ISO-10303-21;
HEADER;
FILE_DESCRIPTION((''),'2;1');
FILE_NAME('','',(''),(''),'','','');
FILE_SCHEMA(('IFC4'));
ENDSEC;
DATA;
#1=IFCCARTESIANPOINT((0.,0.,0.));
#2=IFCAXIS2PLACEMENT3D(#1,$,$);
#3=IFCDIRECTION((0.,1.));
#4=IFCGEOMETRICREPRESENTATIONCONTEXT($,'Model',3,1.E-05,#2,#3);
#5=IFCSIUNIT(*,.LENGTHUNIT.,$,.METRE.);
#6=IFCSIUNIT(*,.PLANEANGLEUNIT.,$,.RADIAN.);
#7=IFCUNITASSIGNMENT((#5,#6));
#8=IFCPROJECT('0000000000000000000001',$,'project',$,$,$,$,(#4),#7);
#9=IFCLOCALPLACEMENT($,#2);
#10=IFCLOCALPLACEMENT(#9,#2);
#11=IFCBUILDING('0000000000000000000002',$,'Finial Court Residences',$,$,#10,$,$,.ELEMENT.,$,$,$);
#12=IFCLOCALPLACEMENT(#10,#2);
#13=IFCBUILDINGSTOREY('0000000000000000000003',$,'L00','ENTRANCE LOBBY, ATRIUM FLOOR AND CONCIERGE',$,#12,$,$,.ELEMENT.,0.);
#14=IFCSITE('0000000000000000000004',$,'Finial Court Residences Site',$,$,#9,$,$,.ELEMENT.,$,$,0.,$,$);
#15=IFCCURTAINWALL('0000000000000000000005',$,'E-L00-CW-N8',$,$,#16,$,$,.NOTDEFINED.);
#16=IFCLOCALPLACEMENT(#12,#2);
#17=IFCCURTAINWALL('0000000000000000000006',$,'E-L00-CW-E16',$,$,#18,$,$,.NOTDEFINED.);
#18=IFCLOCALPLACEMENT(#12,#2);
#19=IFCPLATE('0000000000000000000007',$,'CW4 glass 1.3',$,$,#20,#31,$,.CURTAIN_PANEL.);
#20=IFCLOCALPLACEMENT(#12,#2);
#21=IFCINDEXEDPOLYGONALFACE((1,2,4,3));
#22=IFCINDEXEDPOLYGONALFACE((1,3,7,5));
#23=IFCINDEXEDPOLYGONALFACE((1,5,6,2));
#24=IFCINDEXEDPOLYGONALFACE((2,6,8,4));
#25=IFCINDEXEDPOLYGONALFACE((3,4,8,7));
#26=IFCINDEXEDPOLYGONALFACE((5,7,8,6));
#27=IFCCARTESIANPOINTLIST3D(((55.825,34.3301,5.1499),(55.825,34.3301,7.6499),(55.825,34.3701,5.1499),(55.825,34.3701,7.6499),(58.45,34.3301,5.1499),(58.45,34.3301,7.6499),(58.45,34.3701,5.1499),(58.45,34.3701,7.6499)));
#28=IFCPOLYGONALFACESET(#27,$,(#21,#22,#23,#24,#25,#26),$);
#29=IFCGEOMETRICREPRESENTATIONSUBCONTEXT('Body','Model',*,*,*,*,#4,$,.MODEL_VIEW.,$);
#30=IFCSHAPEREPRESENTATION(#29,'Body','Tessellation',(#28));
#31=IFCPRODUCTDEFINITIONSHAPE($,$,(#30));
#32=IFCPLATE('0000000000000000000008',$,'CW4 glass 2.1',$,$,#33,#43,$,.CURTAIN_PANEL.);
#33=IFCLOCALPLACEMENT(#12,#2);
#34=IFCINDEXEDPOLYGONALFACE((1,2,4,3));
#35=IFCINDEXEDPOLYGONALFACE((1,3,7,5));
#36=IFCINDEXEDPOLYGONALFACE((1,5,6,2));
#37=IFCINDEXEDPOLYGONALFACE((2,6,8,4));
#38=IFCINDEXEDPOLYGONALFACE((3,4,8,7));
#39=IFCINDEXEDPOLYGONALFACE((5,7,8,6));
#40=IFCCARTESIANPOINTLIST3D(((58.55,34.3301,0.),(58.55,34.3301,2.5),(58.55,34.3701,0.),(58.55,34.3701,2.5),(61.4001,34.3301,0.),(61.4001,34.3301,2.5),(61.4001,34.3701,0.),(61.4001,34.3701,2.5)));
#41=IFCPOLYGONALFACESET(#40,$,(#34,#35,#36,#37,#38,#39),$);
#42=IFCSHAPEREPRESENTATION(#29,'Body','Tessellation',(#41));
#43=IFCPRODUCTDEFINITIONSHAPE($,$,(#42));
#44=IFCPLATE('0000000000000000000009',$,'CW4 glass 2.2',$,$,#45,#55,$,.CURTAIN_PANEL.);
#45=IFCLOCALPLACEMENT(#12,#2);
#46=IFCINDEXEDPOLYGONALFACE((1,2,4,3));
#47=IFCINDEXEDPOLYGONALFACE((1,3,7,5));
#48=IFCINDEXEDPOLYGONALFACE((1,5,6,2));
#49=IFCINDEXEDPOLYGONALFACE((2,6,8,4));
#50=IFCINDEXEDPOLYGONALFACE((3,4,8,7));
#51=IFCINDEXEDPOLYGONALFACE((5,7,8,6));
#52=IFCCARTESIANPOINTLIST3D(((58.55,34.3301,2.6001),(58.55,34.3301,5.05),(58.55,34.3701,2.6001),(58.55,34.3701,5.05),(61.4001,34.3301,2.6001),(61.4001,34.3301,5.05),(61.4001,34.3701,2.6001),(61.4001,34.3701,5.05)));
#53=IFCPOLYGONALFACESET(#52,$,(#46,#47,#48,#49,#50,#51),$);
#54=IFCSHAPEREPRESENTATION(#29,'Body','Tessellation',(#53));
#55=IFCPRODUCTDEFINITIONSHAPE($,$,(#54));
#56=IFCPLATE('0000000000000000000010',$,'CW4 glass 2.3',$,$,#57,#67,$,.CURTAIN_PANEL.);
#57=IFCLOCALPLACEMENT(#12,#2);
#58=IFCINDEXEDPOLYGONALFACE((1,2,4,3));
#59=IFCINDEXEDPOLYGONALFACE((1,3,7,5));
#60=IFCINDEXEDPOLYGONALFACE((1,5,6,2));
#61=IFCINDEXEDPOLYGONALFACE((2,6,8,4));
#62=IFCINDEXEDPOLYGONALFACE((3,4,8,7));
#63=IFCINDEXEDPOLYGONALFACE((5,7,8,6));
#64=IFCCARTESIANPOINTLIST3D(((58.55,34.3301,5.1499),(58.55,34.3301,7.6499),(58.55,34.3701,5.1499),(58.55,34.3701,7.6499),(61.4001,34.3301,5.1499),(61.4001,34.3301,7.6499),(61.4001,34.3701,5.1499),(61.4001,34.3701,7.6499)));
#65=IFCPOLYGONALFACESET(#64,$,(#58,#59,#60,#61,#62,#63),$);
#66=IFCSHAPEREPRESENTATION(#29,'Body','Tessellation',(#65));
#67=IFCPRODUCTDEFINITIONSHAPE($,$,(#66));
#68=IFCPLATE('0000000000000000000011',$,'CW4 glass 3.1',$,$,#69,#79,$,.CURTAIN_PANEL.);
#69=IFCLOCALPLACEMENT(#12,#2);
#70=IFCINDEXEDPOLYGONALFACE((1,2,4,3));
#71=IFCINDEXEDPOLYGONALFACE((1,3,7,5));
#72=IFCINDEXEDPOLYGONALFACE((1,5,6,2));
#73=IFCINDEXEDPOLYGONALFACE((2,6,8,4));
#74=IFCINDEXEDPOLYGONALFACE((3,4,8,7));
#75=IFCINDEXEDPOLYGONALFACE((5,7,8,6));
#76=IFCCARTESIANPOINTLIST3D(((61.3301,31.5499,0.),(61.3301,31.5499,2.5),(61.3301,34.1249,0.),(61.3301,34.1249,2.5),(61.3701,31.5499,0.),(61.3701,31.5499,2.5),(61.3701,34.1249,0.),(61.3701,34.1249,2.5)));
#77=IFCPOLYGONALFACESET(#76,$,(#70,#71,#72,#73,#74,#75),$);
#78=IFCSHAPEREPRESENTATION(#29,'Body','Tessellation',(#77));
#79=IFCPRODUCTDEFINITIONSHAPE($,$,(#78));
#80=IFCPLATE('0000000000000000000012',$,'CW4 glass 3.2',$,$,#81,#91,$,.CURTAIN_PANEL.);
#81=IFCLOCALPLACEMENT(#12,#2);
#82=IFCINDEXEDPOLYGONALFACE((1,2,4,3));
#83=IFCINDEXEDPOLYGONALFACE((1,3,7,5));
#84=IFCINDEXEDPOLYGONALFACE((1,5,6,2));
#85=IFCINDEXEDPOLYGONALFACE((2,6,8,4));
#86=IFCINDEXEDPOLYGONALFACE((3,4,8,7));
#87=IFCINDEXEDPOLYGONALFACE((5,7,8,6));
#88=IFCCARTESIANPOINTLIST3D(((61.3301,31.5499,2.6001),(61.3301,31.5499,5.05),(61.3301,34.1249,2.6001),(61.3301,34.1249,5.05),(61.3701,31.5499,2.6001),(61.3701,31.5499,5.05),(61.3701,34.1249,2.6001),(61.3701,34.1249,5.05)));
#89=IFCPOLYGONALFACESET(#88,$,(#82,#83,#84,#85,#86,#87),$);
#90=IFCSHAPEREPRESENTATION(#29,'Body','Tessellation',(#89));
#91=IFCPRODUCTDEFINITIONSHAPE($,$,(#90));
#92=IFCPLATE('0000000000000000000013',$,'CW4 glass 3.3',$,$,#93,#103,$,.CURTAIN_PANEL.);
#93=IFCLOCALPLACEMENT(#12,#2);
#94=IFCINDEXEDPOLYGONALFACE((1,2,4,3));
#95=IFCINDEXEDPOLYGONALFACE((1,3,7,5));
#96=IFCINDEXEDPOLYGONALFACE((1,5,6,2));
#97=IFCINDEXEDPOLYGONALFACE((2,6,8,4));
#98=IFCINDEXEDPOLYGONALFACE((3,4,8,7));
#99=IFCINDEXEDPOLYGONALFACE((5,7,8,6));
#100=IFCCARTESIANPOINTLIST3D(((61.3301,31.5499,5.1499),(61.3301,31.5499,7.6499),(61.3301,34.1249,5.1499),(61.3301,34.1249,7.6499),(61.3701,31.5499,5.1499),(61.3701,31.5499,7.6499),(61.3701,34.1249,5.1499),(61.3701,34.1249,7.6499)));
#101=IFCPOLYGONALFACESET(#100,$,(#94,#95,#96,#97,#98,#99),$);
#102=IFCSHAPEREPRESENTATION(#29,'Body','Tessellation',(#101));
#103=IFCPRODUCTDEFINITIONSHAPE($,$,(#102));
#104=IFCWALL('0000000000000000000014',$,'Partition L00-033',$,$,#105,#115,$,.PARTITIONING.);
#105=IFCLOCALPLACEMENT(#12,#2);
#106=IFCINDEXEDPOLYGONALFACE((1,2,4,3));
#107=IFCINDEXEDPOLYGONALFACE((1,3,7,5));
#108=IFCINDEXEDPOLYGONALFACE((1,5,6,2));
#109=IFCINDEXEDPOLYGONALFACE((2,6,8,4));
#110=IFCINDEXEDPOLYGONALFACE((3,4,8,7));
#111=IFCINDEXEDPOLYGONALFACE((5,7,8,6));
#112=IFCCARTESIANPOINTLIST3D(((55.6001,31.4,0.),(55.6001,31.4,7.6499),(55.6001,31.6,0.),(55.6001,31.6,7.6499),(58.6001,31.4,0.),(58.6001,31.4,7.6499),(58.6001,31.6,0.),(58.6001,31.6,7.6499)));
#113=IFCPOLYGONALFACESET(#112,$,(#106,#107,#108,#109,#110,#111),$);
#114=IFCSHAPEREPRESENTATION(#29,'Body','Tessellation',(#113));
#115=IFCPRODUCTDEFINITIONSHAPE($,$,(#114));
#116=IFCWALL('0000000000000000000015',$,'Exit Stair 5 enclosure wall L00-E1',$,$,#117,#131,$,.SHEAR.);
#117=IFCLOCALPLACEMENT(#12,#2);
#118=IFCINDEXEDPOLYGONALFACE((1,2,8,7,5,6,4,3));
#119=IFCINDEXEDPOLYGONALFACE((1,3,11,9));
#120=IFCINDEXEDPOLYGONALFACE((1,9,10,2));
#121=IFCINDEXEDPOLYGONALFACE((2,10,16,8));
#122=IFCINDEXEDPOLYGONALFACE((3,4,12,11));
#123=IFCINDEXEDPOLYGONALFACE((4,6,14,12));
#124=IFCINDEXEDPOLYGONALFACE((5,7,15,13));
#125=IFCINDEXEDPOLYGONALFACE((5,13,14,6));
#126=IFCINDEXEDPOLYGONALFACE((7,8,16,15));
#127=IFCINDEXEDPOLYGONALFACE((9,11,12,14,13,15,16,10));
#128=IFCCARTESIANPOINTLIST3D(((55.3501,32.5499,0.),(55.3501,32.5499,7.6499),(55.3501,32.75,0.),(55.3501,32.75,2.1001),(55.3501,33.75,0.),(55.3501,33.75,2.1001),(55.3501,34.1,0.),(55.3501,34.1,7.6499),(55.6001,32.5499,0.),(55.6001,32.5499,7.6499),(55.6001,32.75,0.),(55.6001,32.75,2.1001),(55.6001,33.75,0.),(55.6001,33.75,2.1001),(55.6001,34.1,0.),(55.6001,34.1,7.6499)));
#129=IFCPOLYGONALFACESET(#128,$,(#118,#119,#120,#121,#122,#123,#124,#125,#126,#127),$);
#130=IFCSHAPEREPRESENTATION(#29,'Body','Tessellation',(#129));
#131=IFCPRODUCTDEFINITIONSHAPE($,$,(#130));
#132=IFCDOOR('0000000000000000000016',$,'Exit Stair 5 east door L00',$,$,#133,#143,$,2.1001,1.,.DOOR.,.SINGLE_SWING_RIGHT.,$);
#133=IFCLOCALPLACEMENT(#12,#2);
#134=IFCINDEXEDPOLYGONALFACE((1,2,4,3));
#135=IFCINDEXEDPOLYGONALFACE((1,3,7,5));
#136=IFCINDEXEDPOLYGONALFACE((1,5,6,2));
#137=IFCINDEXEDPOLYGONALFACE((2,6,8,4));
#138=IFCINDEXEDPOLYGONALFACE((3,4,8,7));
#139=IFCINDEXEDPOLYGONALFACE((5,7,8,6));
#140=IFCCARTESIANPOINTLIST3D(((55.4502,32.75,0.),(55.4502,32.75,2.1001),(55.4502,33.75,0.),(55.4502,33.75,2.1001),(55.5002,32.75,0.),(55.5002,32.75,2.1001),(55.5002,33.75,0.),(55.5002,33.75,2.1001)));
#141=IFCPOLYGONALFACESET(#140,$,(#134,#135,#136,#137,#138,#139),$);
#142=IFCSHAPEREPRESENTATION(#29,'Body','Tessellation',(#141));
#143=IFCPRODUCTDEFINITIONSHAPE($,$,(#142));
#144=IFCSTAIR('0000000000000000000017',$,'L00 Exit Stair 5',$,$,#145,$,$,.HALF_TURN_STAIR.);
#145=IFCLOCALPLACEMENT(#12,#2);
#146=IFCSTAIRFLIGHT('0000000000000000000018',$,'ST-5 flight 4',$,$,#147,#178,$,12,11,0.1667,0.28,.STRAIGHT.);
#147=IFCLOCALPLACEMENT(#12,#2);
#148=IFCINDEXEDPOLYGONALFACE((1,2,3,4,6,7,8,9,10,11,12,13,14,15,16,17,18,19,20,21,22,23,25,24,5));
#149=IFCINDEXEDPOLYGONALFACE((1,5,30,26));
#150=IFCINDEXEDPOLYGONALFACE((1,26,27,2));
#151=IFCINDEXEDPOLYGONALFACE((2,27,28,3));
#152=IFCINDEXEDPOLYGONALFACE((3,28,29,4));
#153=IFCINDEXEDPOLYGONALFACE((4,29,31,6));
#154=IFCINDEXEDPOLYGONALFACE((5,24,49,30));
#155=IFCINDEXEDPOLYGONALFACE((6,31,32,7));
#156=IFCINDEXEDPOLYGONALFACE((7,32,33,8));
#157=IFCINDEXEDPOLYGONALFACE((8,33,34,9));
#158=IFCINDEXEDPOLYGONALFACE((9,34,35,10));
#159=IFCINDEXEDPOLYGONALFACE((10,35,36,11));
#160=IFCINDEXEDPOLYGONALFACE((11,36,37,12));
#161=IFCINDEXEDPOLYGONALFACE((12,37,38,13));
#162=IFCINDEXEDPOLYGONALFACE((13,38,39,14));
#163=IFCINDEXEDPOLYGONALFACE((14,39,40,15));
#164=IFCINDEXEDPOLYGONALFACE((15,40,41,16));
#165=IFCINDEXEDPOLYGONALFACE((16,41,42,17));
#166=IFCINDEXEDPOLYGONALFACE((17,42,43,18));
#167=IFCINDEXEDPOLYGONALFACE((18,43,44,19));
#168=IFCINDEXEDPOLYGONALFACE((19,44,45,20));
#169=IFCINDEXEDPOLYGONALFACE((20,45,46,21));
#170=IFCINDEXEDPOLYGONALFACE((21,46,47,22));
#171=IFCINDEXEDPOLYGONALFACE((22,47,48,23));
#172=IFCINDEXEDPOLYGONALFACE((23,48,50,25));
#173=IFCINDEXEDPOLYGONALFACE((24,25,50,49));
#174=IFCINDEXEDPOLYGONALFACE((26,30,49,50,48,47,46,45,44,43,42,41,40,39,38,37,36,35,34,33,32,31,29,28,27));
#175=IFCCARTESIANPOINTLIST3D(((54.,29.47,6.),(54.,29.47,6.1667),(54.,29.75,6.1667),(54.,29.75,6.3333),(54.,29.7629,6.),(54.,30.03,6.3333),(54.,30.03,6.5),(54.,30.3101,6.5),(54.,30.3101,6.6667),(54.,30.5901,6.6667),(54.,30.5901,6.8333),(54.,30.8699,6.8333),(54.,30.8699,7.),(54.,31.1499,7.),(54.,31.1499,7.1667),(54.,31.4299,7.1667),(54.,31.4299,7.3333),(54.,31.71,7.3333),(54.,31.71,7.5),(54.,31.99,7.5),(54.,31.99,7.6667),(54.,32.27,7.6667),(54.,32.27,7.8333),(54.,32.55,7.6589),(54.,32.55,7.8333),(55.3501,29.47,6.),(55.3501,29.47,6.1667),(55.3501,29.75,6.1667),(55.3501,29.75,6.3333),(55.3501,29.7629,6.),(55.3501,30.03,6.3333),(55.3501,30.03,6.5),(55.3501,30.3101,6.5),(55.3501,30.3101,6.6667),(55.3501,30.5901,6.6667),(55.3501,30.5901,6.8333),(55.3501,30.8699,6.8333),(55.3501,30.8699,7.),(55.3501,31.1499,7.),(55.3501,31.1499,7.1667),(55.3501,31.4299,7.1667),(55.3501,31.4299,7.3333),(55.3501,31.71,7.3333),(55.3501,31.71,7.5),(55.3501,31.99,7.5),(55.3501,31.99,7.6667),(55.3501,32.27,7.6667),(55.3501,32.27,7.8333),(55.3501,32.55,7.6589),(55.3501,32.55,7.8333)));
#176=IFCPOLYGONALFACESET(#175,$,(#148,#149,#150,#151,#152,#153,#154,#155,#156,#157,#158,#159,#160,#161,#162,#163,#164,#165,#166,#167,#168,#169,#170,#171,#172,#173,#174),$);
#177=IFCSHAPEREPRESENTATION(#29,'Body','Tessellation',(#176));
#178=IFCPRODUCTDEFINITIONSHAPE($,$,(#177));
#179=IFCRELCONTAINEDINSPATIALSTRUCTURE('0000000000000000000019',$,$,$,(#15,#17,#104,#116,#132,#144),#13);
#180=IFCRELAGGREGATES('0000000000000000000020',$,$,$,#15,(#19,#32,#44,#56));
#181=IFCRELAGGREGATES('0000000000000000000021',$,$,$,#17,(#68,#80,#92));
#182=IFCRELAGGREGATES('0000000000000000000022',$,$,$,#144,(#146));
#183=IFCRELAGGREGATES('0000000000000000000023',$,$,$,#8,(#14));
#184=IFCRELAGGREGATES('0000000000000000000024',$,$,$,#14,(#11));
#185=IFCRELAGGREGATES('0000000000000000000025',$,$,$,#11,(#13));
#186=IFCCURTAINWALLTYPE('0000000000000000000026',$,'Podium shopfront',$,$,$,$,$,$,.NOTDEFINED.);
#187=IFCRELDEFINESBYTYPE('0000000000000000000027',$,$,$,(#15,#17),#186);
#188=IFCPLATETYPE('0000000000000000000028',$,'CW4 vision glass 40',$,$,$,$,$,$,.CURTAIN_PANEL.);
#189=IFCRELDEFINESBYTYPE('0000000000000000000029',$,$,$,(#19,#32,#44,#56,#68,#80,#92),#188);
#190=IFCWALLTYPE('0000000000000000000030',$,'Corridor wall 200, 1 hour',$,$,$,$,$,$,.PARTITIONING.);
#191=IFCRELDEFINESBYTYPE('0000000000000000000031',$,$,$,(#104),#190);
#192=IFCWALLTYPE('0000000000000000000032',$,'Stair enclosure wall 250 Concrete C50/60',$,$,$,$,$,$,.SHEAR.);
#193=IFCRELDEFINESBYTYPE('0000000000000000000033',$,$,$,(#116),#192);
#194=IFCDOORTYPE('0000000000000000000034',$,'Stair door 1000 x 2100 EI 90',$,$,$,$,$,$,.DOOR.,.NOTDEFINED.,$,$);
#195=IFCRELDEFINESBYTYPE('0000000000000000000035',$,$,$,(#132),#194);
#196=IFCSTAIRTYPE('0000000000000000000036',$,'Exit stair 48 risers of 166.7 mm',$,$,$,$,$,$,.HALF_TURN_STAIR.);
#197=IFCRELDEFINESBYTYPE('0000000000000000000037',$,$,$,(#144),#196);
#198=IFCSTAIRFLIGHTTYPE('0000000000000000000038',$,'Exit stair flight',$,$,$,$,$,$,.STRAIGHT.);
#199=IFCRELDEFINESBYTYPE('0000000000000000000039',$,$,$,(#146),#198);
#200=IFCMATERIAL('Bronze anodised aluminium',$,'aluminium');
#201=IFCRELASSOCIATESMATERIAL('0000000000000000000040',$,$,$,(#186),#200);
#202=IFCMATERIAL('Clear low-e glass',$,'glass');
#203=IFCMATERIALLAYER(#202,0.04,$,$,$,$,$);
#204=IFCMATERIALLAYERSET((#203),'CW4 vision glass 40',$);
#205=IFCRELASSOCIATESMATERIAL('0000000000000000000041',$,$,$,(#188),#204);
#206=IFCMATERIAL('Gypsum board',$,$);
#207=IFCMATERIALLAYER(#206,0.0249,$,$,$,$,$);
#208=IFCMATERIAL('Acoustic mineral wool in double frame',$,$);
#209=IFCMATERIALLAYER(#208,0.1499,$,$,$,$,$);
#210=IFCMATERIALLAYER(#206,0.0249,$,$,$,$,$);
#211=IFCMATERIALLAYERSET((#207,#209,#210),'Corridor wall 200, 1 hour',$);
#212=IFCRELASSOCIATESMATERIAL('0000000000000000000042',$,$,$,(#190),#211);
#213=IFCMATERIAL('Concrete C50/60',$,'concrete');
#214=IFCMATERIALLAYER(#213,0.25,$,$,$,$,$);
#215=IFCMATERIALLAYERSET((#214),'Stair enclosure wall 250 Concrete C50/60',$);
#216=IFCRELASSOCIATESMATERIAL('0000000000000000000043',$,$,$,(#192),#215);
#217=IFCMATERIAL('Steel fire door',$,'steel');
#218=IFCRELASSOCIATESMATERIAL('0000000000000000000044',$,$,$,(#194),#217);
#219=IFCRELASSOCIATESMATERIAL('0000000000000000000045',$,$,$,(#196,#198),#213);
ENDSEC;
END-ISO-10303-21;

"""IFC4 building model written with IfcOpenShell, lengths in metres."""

from ifc_helpers import new_model, si_unit, direction, frame, frame_2d, origin, origin_2d, place, context, subcontext, project, spatial, polyline, rectangle, outline, extrude, material, layer, layer_set, type_object, element, fill, aggregate, save


model = new_model("IFC4")

# Units and contexts
model_context = context("Model", 3, precision=1e-05, world=origin(), true_north=direction((0.0, 1.0)))
body_context = subcontext(model_context, "Body", "Model", "MODEL_VIEW")
ifc_project = project(units=[si_unit("LENGTHUNIT", "METRE"), si_unit("PLANEANGLEUNIT", "RADIAN")], contexts=[model_context])

# Site, building, storey
site_placement = place(None, origin())
site = spatial("IfcSite", under=ifc_project, at=site_placement, Name="Finial Court Residences Site", CompositionType="ELEMENT", RefElevation=0.0)
building_placement = place(site_placement, origin())
building = spatial("IfcBuilding", under=site, at=building_placement, Name="Finial Court Residences", CompositionType="ELEMENT")
storey_placement = place(building_placement, origin())
storey = spatial("IfcBuildingStorey", under=building, at=storey_placement, Name="L00", Description="ENTRANCE LOBBY, ATRIUM FLOOR AND CONCIERGE", CompositionType="ELEMENT", Elevation=0.0)

# Shared definitions
ifc_material_1 = material(Name="Concrete C50/60", Category="concrete")

# Curtain walls
ifc_material_2 = material(Name="Bronze anodised aluminium", Category="aluminium")
curtain_wall_type = type_object("IfcCurtainWallType", Name="Podium shopfront", PredefinedType="NOTDEFINED", material=ifc_material_2)
curtain_wall_1_placement = place(storey_placement, origin())
curtain_wall_1 = element("IfcCurtainWall", 1, at=curtain_wall_1_placement, inside=storey, type_object=curtain_wall_type, Name="E-L00-CW-N8", PredefinedType="NOTDEFINED")
curtain_wall_2_placement = place(storey_placement, origin())
curtain_wall_2 = element("IfcCurtainWall", 2, at=curtain_wall_2_placement, inside=storey, type_object=curtain_wall_type, Name="E-L00-CW-E16", PredefinedType="NOTDEFINED")

# Plates
ifc_material_3 = material(Name="Clear low-e glass", Category="glass")
ifc_layer_1 = layer(ifc_material_3, 0.04)
ifc_layer_set_1 = layer_set([ifc_layer_1], Name="CW4 vision glass 40")
plate_type = type_object("IfcPlateType", Name="CW4 vision glass 40", PredefinedType="CURTAIN_PANEL", material=ifc_layer_set_1)
plate_1_placement = place(storey_placement, frame((57.1375, 34.3501, 5.1499), z_axis=(0.0, 0.0, 1.0), x_axis=(1.0, 0.0, 0.0)))
plate_1 = element("IfcPlate", 3, at=plate_1_placement, type_object=plate_type, Name="CW4 glass 1.3", PredefinedType="CURTAIN_PANEL", context=body_context, shape_type="SweptSolid", body=[
    extrude(rectangle(XDim=2.625, YDim=0.04, at=origin_2d()), origin(), (0.0, 0.0, 1.0), 2.5),
])
plate_2_placement = place(storey_placement, frame((59.9751, 34.3501, 0.0), z_axis=(0.0, 0.0, 1.0), x_axis=(1.0, 0.0, 0.0)))
plate_2 = element("IfcPlate", 4, at=plate_2_placement, type_object=plate_type, Name="CW4 glass 2.1", PredefinedType="CURTAIN_PANEL", context=body_context, shape_type="SweptSolid", body=[
    extrude(rectangle(XDim=2.8501, YDim=0.04, at=origin_2d()), origin(), (0.0, 0.0, 1.0), 2.5),
])
plate_3_placement = place(storey_placement, frame((59.9751, 34.3501, 2.6001), z_axis=(0.0, 0.0, 1.0), x_axis=(1.0, 0.0, 0.0)))
plate_3 = element("IfcPlate", 5, at=plate_3_placement, type_object=plate_type, Name="CW4 glass 2.2", PredefinedType="CURTAIN_PANEL", context=body_context, shape_type="SweptSolid", body=[
    extrude(rectangle(XDim=2.8501, YDim=0.04, at=origin_2d()), origin(), (0.0, 0.0, 1.0), 2.45),
])
plate_4_placement = place(storey_placement, frame((59.9751, 34.3501, 5.1499), z_axis=(0.0, 0.0, 1.0), x_axis=(1.0, 0.0, 0.0)))
plate_4 = element("IfcPlate", 6, at=plate_4_placement, type_object=plate_type, Name="CW4 glass 2.3", PredefinedType="CURTAIN_PANEL", context=body_context, shape_type="SweptSolid", body=[
    extrude(rectangle(XDim=2.8501, YDim=0.04, at=origin_2d()), origin(), (0.0, 0.0, 1.0), 2.5),
])
aggregate(curtain_wall_1, [plate_1, plate_2, plate_3, plate_4])
plate_5_placement = place(storey_placement, frame((61.3501, 32.8374, 0.0), z_axis=(0.0, 0.0, 1.0), x_axis=(0.0, 1.0, 0.0)))
plate_5 = element("IfcPlate", 7, at=plate_5_placement, type_object=plate_type, Name="CW4 glass 3.1", PredefinedType="CURTAIN_PANEL", context=body_context, shape_type="SweptSolid", body=[
    extrude(rectangle(XDim=2.575, YDim=0.04, at=origin_2d()), origin(), (0.0, 0.0, 1.0), 2.5),
])
plate_6_placement = place(storey_placement, frame((61.3501, 32.8374, 2.6001), z_axis=(0.0, 0.0, 1.0), x_axis=(0.0, 1.0, 0.0)))
plate_6 = element("IfcPlate", 8, at=plate_6_placement, type_object=plate_type, Name="CW4 glass 3.2", PredefinedType="CURTAIN_PANEL", context=body_context, shape_type="SweptSolid", body=[
    extrude(rectangle(XDim=2.575, YDim=0.04, at=origin_2d()), origin(), (0.0, 0.0, 1.0), 2.45),
])
plate_7_placement = place(storey_placement, frame((61.3501, 32.8374, 5.1499), z_axis=(0.0, 0.0, 1.0), x_axis=(0.0, 1.0, 0.0)))
plate_7 = element("IfcPlate", 9, at=plate_7_placement, type_object=plate_type, Name="CW4 glass 3.3", PredefinedType="CURTAIN_PANEL", context=body_context, shape_type="SweptSolid", body=[
    extrude(rectangle(XDim=2.575, YDim=0.04, at=origin_2d()), origin(), (0.0, 0.0, 1.0), 2.5),
])
aggregate(curtain_wall_2, [plate_5, plate_6, plate_7])

# Wall
ifc_material_4 = material(Name="Gypsum board")
ifc_layer_2 = layer(ifc_material_4, 0.0249)
ifc_material_5 = material(Name="Acoustic mineral wool in double frame")
ifc_layer_3 = layer(ifc_material_5, 0.1499)
ifc_layer_4 = layer(ifc_material_4, 0.0249)
ifc_layer_set_2 = layer_set([ifc_layer_2, ifc_layer_3, ifc_layer_4], Name="Corridor wall 200, 1 hour")
wall_type_1 = type_object("IfcWallType", Name="Corridor wall 200, 1 hour", PredefinedType="PARTITIONING", material=ifc_layer_set_2)
wall_1_placement = place(storey_placement, frame((55.6001, 31.5, 0.0), z_axis=(0.0, 0.0, 1.0), x_axis=(1.0, 0.0, 0.0)))
element("IfcWall", 10, at=wall_1_placement, inside=storey, type_object=wall_type_1, Name="Partition L00-033", PredefinedType="PARTITIONING", context=body_context, shape_type="SweptSolid", body=[
    extrude(rectangle(XDim=3.0, YDim=0.2, at=frame_2d((1.5, 0.0))), origin(), (0.0, 0.0, 1.0), 7.6499),
])

# Wall, opening, door
ifc_layer_5 = layer(ifc_material_1, 0.25)
ifc_layer_set_3 = layer_set([ifc_layer_5], Name="Stair enclosure wall 250 Concrete C50/60")
wall_type_2 = type_object("IfcWallType", Name="Stair enclosure wall 250 Concrete C50/60", PredefinedType="SHEAR", material=ifc_layer_set_3)
wall_2_placement = place(storey_placement, frame((55.4751, 32.55, 0.0), z_axis=(0.0, 0.0, 1.0), x_axis=(0.0, 1.0, 0.0)))
wall_2 = element("IfcWall", 11, at=wall_2_placement, inside=storey, type_object=wall_type_2, Name="Exit Stair 5 enclosure wall L00-E1", PredefinedType="SHEAR", context=body_context, shape_type="SweptSolid", body=[
    extrude(rectangle(XDim=1.55, YDim=0.25, at=frame_2d((0.7749, 0.0))), origin(), (0.0, 0.0, 1.0), 7.6499),
])
opening_placement = place(wall_2_placement, frame((0.2, 0.0, 0.0)))
opening = element("IfcOpeningElement", 12, at=opening_placement, cuts=wall_2, PredefinedType="OPENING", context=body_context, shape_type="SweptSolid", body=[
    extrude(rectangle(XDim=1.0, YDim=2.1001, at=frame_2d((0.5, 1.05))), frame((0.0, 0.135, 0.0), z_axis=(0.0, -1.0, 0.0), x_axis=(1.0, 0.0, 0.0)), (0.0, 0.0, 1.0), 0.27),
])
ifc_material_6 = material(Name="Steel fire door", Category="steel")
door_type = type_object("IfcDoorType", Name="Stair door 1000 x 2100 EI 90", OperationType="NOTDEFINED", PredefinedType="DOOR", material=ifc_material_6)
door_placement = place(opening_placement, origin())
door = element("IfcDoor", 13, at=door_placement, inside=storey, type_object=door_type, Name="Exit Stair 5 east door L00", OperationType="SINGLE_SWING_RIGHT", OverallHeight=2.1001, OverallWidth=1.0, PredefinedType="DOOR", context=body_context, shape_type="SweptSolid", body=[
    extrude(rectangle(XDim=1.0, YDim=2.1001, at=frame_2d((0.5, 1.05))), frame((0.0, 0.0249, 0.0), z_axis=(0.0, -1.0, 0.0), x_axis=(1.0, 0.0, 0.0)), (0.0, 0.0, 1.0), 0.05),
])
fill(opening, door)

# Stair, stair flight
stair_type = type_object("IfcStairType", Name="Exit stair 48 risers of 166.7 mm", PredefinedType="HALF_TURN_STAIR", material=ifc_material_1)
stair_placement = place(storey_placement, origin())
stair = element("IfcStair", 14, at=stair_placement, inside=storey, type_object=stair_type, Name="L00 Exit Stair 5", PredefinedType="HALF_TURN_STAIR")
stair_flight_type = type_object("IfcStairFlightType", Name="Exit stair flight", PredefinedType="STRAIGHT", material=ifc_material_1)
stair_flight_placement = place(storey_placement, frame((54.675, 29.47, 6.0), z_axis=(0.0, 0.0, 1.0), x_axis=(0.0, 1.0, 0.0)))
stair_flight = element("IfcStairFlight", 15, at=stair_flight_placement, type_object=stair_flight_type, Name="ST-5 flight 4", NumberOfRisers=12, NumberOfTreads=11, PredefinedType="STRAIGHT", RiserHeight=0.1667, TreadLength=0.28, context=body_context, shape_type="SweptSolid", body=[
    extrude(outline(polyline([(0.0, 0.0), (0.0, 0.1667), (0.28, 0.1667), (0.28, 0.3333), (0.5601, 0.3333), (0.5601, 0.5), (0.8401, 0.5), (0.8401, 0.6667), (1.1201, 0.6667), (1.1201, 0.8333), (1.3999, 0.8333), (1.3999, 1.0), (1.6799, 1.0), (1.6799, 1.1667), (1.96, 1.1667), (1.96, 1.3333), (2.24, 1.3333), (2.24, 1.5), (2.52, 1.5), (2.52, 1.6667), (2.8, 1.6667), (2.8, 1.8333), (3.0801, 1.8333), (3.0801, 2.0), (3.0801, 1.6589), (0.293, 0.0), (0.0, 0.0)])), frame((0.0, 0.675, 0.0), z_axis=(0.0, -1.0, 0.0), x_axis=(1.0, 0.0, 0.0)), (0.0, 0.0, 1.0), 1.3501),
])
aggregate(stair, [stair_flight])

save(model, "model.ifc")
